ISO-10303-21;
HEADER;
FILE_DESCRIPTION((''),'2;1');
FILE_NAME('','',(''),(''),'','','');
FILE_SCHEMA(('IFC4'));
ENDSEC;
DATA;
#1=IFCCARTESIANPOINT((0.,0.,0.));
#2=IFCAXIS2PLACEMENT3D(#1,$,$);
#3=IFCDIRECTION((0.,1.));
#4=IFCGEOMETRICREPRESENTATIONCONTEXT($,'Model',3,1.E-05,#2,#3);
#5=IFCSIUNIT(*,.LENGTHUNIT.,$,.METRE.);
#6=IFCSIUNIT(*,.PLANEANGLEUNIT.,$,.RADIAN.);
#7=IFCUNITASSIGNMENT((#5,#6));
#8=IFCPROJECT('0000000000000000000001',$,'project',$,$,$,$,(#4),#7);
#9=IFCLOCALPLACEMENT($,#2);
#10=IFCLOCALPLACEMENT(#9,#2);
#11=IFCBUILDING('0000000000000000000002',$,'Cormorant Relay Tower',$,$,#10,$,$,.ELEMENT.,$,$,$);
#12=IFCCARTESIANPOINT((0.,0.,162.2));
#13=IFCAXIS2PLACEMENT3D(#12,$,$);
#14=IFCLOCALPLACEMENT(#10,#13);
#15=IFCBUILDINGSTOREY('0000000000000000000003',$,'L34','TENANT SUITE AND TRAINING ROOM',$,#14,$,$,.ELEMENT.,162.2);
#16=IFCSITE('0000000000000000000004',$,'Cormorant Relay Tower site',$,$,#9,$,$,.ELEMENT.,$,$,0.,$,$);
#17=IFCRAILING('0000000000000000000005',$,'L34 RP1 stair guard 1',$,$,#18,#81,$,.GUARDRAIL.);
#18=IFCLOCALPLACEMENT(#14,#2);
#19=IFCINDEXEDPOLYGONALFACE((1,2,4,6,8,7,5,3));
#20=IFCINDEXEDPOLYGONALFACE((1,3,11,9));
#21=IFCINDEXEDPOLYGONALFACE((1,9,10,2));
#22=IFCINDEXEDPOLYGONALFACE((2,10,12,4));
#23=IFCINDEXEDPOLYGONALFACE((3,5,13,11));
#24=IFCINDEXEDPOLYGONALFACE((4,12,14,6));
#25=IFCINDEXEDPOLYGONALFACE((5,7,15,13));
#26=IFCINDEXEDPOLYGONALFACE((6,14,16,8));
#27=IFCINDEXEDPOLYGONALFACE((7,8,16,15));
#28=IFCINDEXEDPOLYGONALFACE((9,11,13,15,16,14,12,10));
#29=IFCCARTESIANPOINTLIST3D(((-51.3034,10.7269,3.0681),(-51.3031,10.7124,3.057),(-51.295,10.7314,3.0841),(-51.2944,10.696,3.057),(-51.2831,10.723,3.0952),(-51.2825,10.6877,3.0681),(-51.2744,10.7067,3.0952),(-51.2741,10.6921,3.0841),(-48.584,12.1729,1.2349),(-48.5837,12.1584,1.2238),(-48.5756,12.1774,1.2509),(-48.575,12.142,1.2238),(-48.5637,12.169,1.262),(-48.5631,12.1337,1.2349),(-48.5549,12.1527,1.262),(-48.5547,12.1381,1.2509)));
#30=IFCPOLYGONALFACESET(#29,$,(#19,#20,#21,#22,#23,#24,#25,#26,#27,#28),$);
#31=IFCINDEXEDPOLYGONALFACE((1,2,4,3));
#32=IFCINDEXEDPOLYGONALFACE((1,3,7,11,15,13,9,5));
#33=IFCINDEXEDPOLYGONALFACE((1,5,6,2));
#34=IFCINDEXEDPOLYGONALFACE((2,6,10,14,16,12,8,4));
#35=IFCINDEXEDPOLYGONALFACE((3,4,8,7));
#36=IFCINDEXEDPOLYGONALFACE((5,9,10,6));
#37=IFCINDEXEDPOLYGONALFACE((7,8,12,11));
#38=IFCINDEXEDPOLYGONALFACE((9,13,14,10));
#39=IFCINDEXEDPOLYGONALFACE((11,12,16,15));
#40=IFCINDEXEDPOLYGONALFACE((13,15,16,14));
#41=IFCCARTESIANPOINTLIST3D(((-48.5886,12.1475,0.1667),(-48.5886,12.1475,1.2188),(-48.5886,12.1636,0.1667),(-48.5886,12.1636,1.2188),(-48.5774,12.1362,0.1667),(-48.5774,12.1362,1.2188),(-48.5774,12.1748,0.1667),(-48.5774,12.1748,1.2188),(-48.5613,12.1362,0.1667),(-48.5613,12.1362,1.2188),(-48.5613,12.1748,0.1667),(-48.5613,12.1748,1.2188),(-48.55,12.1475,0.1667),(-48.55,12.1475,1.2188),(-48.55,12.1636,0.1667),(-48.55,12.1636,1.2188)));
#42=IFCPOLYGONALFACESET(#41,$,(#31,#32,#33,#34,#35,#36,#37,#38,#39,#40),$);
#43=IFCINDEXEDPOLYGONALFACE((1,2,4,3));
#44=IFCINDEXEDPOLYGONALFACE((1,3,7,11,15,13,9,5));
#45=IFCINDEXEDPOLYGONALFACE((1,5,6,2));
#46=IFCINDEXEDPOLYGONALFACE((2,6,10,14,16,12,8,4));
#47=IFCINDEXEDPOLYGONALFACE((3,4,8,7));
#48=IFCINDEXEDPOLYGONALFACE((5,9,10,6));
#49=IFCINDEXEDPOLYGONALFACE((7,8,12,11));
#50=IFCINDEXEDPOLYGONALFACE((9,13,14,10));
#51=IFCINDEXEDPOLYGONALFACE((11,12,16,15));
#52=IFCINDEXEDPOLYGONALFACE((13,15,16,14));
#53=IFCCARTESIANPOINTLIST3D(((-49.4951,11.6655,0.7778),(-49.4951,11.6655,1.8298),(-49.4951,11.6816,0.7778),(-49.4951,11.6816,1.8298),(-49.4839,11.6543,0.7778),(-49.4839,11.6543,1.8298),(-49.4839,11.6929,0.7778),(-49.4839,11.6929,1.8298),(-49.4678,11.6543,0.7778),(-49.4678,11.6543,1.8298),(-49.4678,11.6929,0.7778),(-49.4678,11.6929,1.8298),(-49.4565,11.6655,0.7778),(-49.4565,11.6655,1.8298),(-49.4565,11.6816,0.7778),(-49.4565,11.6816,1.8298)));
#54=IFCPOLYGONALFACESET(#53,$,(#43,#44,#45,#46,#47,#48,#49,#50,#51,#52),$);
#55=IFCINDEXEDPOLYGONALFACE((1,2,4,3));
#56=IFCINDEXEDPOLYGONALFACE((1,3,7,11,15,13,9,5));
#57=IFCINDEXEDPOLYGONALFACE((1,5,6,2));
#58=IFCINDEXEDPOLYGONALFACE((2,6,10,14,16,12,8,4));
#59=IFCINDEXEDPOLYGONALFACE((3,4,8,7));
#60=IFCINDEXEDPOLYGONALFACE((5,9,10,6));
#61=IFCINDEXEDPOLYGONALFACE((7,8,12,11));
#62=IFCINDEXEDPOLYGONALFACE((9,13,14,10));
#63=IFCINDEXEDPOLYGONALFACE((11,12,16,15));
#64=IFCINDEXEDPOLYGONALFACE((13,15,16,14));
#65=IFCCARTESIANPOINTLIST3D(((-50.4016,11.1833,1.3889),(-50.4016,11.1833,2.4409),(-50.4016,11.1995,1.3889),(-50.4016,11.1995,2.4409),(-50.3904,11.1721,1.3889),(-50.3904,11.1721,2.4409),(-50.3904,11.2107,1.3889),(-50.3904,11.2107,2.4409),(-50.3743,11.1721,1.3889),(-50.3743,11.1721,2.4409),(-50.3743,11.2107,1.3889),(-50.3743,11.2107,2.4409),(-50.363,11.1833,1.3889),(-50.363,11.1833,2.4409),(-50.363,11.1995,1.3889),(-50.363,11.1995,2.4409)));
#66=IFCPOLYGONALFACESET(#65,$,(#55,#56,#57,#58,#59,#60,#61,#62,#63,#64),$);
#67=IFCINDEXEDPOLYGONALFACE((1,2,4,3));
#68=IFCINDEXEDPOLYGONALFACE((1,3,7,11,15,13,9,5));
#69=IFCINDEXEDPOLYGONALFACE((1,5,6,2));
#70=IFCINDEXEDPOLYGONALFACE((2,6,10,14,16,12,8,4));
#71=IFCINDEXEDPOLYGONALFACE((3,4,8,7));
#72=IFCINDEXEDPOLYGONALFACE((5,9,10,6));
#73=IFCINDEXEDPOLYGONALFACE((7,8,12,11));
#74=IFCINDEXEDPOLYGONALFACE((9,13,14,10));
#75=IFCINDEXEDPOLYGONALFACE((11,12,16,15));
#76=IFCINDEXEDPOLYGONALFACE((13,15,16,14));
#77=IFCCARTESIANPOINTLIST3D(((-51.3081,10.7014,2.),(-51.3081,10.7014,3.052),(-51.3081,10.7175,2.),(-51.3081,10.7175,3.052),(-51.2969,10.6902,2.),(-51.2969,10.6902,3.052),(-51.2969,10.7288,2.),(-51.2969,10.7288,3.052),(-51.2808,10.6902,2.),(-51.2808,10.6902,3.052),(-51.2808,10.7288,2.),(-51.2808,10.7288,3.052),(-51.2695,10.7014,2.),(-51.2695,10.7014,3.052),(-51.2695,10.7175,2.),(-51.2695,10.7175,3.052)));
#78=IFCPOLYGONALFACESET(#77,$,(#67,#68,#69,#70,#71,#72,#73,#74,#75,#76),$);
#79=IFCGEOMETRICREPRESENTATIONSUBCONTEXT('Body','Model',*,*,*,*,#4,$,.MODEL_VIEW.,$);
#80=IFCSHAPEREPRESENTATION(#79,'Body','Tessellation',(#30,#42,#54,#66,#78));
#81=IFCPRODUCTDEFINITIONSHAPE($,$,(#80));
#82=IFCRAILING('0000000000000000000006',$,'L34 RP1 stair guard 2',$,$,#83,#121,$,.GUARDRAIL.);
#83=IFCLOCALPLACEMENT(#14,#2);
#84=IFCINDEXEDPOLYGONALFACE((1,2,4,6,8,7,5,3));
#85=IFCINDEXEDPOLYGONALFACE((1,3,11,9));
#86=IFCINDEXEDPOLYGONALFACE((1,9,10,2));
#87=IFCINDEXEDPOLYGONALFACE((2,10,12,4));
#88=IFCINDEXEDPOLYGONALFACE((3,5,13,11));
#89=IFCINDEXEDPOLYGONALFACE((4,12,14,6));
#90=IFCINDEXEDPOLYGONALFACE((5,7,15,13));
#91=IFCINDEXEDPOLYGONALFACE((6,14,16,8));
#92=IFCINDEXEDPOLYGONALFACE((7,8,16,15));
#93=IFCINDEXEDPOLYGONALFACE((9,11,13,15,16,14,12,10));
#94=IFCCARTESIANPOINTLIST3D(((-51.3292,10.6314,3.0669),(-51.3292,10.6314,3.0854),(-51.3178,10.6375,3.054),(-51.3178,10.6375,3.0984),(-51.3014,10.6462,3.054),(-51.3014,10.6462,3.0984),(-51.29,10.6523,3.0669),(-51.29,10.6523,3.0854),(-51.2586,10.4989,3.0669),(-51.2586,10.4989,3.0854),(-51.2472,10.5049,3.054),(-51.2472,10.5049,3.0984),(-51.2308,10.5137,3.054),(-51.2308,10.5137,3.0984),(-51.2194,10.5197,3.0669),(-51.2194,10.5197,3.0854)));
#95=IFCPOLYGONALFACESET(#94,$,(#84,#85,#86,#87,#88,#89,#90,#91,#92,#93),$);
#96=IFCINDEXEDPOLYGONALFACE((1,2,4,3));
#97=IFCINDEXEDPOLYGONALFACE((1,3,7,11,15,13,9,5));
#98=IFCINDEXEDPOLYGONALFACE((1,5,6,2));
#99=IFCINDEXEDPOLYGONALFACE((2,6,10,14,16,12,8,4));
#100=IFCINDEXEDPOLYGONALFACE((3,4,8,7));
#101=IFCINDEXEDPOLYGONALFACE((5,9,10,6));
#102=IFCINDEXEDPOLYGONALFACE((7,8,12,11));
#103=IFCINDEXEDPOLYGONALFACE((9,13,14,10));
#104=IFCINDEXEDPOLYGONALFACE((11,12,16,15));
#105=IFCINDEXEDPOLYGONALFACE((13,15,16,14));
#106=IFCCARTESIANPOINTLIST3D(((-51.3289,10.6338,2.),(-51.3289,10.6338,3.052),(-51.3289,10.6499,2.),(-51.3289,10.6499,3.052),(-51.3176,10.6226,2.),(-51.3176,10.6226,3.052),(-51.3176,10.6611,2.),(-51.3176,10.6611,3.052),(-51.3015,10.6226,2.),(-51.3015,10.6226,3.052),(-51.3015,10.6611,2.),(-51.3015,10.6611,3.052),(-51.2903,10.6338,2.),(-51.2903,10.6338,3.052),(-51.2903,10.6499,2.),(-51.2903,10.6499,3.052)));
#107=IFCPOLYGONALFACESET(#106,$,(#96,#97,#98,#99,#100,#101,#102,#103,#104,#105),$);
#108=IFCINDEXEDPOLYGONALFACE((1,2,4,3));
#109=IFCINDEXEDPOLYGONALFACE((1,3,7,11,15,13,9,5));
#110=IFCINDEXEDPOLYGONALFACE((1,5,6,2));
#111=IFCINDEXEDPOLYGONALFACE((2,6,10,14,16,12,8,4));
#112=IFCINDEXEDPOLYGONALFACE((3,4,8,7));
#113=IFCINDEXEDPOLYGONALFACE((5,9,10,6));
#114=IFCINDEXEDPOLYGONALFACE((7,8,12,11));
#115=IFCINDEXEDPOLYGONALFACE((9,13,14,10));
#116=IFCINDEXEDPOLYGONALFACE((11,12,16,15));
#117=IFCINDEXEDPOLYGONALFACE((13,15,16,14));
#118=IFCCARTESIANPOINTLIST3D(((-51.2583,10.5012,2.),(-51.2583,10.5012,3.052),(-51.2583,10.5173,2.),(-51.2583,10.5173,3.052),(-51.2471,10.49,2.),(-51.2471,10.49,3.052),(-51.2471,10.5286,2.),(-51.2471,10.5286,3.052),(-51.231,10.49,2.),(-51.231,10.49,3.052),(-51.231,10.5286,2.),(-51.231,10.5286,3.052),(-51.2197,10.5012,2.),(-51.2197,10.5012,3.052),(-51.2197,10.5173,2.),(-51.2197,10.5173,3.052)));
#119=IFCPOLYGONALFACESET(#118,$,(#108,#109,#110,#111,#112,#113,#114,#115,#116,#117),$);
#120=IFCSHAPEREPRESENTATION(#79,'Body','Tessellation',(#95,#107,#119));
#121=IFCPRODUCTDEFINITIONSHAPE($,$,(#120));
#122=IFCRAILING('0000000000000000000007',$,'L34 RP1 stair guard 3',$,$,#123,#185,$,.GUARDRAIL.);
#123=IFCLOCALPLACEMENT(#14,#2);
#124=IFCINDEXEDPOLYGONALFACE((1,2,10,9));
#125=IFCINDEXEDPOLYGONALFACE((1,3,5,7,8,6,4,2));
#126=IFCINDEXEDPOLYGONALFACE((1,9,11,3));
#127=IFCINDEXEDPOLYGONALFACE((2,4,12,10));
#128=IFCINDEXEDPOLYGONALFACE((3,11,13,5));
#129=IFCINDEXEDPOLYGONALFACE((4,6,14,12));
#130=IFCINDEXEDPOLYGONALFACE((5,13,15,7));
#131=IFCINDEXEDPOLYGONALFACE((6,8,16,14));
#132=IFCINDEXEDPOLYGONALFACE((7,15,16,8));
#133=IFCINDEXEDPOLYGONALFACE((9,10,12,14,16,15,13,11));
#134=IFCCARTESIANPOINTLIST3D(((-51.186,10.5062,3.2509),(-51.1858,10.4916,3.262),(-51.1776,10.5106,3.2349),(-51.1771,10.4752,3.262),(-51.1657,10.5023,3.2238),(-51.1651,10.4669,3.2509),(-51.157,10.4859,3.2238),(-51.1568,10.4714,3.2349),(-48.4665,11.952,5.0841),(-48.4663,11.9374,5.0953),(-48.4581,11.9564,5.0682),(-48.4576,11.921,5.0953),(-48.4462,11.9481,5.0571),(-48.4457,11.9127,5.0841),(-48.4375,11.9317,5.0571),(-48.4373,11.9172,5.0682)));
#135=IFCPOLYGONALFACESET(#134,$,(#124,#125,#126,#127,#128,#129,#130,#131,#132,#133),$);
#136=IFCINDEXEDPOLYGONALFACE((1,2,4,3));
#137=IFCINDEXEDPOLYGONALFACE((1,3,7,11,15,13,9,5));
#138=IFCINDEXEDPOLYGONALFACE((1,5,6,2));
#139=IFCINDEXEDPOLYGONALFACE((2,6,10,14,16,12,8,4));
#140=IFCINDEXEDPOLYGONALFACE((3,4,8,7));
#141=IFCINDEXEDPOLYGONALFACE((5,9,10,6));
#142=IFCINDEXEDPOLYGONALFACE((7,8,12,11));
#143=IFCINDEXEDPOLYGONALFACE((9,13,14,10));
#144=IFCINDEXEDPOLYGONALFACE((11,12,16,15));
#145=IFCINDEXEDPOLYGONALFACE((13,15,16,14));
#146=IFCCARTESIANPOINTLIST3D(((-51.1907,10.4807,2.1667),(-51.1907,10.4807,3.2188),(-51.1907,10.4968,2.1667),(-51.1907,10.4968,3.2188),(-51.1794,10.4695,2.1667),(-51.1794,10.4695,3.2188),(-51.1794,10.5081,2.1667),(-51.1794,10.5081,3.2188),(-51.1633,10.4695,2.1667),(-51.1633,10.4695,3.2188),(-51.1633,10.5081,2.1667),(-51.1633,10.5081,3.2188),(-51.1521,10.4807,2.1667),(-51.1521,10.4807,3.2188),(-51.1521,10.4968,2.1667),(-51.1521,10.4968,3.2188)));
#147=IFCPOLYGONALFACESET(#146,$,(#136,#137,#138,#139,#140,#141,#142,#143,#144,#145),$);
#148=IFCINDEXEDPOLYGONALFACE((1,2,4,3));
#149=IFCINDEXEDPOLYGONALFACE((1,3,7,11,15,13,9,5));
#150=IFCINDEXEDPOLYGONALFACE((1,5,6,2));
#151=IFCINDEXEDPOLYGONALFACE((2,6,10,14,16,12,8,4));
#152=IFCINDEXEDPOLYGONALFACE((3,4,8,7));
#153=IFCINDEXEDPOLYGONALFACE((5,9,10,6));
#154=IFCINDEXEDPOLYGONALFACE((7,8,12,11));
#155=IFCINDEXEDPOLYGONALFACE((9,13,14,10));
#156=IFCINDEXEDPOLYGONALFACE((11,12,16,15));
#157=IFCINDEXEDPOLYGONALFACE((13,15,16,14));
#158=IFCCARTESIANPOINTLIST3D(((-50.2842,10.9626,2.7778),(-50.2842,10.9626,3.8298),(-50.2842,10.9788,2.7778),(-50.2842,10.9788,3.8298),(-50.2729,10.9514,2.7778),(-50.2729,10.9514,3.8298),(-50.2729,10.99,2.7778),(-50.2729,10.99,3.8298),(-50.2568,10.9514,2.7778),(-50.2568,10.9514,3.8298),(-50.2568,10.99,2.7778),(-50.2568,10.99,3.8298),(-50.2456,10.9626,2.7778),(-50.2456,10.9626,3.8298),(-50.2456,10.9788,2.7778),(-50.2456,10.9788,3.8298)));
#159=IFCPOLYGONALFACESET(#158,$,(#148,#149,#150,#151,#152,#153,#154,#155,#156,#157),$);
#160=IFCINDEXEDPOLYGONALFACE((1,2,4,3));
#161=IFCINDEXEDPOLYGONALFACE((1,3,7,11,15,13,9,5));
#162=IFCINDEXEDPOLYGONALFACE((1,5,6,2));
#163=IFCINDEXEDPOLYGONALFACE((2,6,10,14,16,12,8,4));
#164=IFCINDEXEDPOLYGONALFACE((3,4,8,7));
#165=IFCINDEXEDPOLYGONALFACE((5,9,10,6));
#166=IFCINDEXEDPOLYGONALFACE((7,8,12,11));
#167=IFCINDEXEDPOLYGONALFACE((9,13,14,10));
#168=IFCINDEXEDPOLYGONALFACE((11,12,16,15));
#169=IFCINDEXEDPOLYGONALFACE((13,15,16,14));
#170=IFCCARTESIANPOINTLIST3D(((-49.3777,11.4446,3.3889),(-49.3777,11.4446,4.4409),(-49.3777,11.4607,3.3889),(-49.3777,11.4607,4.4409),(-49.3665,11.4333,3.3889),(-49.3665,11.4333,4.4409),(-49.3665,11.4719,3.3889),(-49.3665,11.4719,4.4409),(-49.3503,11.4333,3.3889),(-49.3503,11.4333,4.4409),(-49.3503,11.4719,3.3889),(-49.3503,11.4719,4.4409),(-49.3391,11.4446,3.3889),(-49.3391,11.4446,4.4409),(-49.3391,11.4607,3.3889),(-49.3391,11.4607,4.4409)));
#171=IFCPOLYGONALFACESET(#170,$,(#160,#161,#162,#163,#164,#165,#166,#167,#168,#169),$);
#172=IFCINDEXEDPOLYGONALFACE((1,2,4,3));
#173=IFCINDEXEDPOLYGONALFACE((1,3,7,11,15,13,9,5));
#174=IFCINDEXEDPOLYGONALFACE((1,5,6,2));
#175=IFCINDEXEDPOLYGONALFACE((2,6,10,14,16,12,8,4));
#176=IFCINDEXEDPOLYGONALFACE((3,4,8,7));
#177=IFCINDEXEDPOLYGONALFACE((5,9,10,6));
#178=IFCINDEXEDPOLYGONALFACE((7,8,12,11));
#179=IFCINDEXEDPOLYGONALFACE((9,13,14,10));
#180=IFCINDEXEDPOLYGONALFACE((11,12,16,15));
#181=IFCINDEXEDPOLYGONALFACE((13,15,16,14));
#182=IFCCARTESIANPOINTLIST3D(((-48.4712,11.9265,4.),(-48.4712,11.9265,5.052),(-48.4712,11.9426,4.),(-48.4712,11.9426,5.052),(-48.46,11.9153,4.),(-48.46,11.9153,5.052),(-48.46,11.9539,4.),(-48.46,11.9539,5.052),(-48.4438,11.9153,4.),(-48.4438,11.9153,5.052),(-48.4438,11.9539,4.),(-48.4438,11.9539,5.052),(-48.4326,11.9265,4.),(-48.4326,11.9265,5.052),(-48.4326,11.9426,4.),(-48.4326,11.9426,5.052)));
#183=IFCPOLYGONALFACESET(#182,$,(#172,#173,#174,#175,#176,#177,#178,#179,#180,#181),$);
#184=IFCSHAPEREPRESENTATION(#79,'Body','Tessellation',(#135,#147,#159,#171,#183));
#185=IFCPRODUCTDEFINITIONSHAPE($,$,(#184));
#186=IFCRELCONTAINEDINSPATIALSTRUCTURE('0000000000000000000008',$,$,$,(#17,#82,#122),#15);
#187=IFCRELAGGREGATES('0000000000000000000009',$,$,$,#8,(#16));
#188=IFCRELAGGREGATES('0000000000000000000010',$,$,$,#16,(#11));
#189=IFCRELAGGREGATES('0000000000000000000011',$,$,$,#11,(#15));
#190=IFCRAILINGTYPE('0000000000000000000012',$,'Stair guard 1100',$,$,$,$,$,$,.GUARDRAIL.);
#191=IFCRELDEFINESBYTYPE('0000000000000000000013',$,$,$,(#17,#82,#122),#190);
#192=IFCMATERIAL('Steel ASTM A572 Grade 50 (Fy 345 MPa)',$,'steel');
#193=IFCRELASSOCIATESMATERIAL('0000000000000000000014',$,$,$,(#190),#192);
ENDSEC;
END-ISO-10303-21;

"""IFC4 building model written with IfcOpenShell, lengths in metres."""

from ifc_helpers import new_model, si_unit, direction, frame, origin, place, context, subcontext, project, spatial, polyline, outline, extrude, material, type_object, element, save


model = new_model("IFC4")

# Units and contexts
model_context = context("Model", 3, precision=1e-05, world=origin(), true_north=direction((0.0, 1.0)))
body_context = subcontext(model_context, "Body", "Model", "MODEL_VIEW")
ifc_project = project(units=[si_unit("LENGTHUNIT", "METRE"), si_unit("PLANEANGLEUNIT", "RADIAN")], contexts=[model_context])

# Site, building, storey
site_placement = place(None, origin())
site = spatial("IfcSite", under=ifc_project, at=site_placement, Name="Cormorant Relay Tower site", CompositionType="ELEMENT", RefElevation=0.0)
building_placement = place(site_placement, origin())
building = spatial("IfcBuilding", under=site, at=building_placement, Name="Cormorant Relay Tower", CompositionType="ELEMENT")
storey_placement = place(building_placement, frame((0.0, 0.0, 162.2)))
storey = spatial("IfcBuildingStorey", under=building, at=storey_placement, Name="L34", Description="TENANT SUITE AND TRAINING ROOM", CompositionType="ELEMENT", Elevation=162.2)

# Railings
ifc_material_1 = material(Name="Steel ASTM A572 Grade 50 (Fy 345 MPa)", Category="steel")
railing_type_1 = type_object("IfcRailingType", Name="Stair guard 1100", PredefinedType="GUARDRAIL", material=ifc_material_1)
railing_1_placement = place(storey_placement, frame((-48.5693, 12.1555, 0.1667)))
element("IfcRailing", 1, at=railing_1_placement, inside=storey, type_object=railing_type_1, Name="L34 RP1 stair guard 1", PredefinedType="GUARDRAIL", context=body_context, shape_type="SweptSolid", body=[
    extrude(outline(polyline([(0.0222, 0.0093), (0.0093, 0.0222), (-0.0093, 0.0222), (-0.0222, 0.0093), (-0.0222, -0.0093), (-0.0093, -0.0222), (0.0093, -0.0222), (0.0222, -0.0093), (0.0222, 0.0093)])), frame((0.0, 0.0, 1.0762), z_axis=(-0.758714, -0.403435, 0.511463), x_axis=(0.469489, -0.882938, 0.0)), (0.0, 0.0, 1.0), 3.5842),
    extrude(outline(polyline([(0.0193, 0.0081), (0.0081, 0.0193), (-0.0081, 0.0193), (-0.0193, 0.0081), (-0.0193, -0.0081), (-0.0081, -0.0193), (0.0081, -0.0193), (0.0193, -0.0081), (0.0193, 0.0081)])), origin(), (0.0, 0.0, 1.0), 1.052),
    extrude(outline(polyline([(0.0193, 0.0081), (0.0081, 0.0193), (-0.0081, 0.0193), (-0.0193, 0.0081), (-0.0193, -0.0081), (-0.0081, -0.0193), (0.0081, -0.0193), (0.0193, -0.0081), (0.0193, 0.0081)])), frame((-0.9065, -0.4819, 0.6111)), (0.0, 0.0, 1.0), 1.052),
    extrude(outline(polyline([(0.0193, 0.0081), (0.0081, 0.0193), (-0.0081, 0.0193), (-0.0193, 0.0081), (-0.0193, -0.0081), (-0.0081, -0.0193), (0.0081, -0.0193), (0.0193, -0.0081), (0.0193, 0.0081)])), frame((-1.813, -0.9641, 1.2222)), (0.0, 0.0, 1.0), 1.052),
    extrude(outline(polyline([(0.0193, 0.0081), (0.0081, 0.0193), (-0.0081, 0.0193), (-0.0193, 0.0081), (-0.0193, -0.0081), (-0.0081, -0.0193), (0.0081, -0.0193), (0.0193, -0.0081), (0.0193, 0.0081)])), frame((-2.7195, -1.446, 1.8333)), (0.0, 0.0, 1.0), 1.052),
])
railing_2_placement = place(storey_placement, frame((-51.3096, 10.6418, 2.0)))
element("IfcRailing", 2, at=railing_2_placement, inside=storey, type_object=railing_type_1, Name="L34 RP1 stair guard 2", PredefinedType="GUARDRAIL", context=body_context, shape_type="SweptSolid", body=[
    extrude(outline(polyline([(0.0222, 0.0093), (0.0093, 0.0222), (-0.0093, 0.0222), (-0.0222, 0.0093), (-0.0222, -0.0093), (-0.0093, -0.0222), (0.0093, -0.0222), (0.0222, -0.0093), (0.0222, 0.0093)])), frame((0.0, 0.0, 1.0762), z_axis=(0.469829, -0.882758, 0.0), x_axis=(0.882758, 0.469829, 0.0)), (0.0, 0.0, 1.0), 0.1501),
    extrude(outline(polyline([(0.0193, 0.0081), (0.0081, 0.0193), (-0.0081, 0.0193), (-0.0193, 0.0081), (-0.0193, -0.0081), (-0.0081, -0.0193), (0.0081, -0.0193), (0.0193, -0.0081), (0.0193, 0.0081)])), origin(), (0.0, 0.0, 1.0), 1.052),
    extrude(outline(polyline([(0.0193, 0.0081), (0.0081, 0.0193), (-0.0081, 0.0193), (-0.0193, 0.0081), (-0.0193, -0.0081), (-0.0081, -0.0193), (0.0081, -0.0193), (0.0193, -0.0081), (0.0193, 0.0081)])), frame((0.0706, -0.1326, 0.0)), (0.0, 0.0, 1.0), 1.052),
])
railing_3_placement = place(storey_placement, frame((-51.1714, 10.4888, 2.1667)))
element("IfcRailing", 3, at=railing_3_placement, inside=storey, type_object=railing_type_1, Name="L34 RP1 stair guard 3", PredefinedType="GUARDRAIL", context=body_context, shape_type="SweptSolid", body=[
    extrude(outline(polyline([(0.0222, 0.0093), (0.0093, 0.0222), (-0.0093, 0.0222), (-0.0222, 0.0093), (-0.0222, -0.0093), (-0.0093, -0.0222), (0.0093, -0.0222), (0.0222, -0.0093), (0.0222, 0.0093)])), frame((0.0, 0.0, 1.0762), z_axis=(0.758735, 0.403378, 0.511477), x_axis=(-0.469428, 0.882971, 0.0)), (0.0, 0.0, 1.0), 3.5842),
    extrude(outline(polyline([(0.0193, 0.0081), (0.0081, 0.0193), (-0.0081, 0.0193), (-0.0193, 0.0081), (-0.0193, -0.0081), (-0.0081, -0.0193), (0.0081, -0.0193), (0.0193, -0.0081), (0.0193, 0.0081)])), origin(), (0.0, 0.0, 1.0), 1.052),
    extrude(outline(polyline([(0.0193, 0.0081), (0.0081, 0.0193), (-0.0081, 0.0193), (-0.0193, 0.0081), (-0.0193, -0.0081), (-0.0081, -0.0193), (0.0081, -0.0193), (0.0193, -0.0081), (0.0193, 0.0081)])), frame((0.9065, 0.4819, 0.6111)), (0.0, 0.0, 1.0), 1.052),
    extrude(outline(polyline([(0.0193, 0.0081), (0.0081, 0.0193), (-0.0081, 0.0193), (-0.0193, 0.0081), (-0.0193, -0.0081), (-0.0081, -0.0193), (0.0081, -0.0193), (0.0193, -0.0081), (0.0193, 0.0081)])), frame((1.813, 0.9639, 1.2222)), (0.0, 0.0, 1.0), 1.052),
    extrude(outline(polyline([(0.0193, 0.0081), (0.0081, 0.0193), (-0.0081, 0.0193), (-0.0193, 0.0081), (-0.0193, -0.0081), (-0.0081, -0.0193), (0.0081, -0.0193), (0.0193, -0.0081), (0.0193, 0.0081)])), frame((2.7195, 1.4458, 1.8333)), (0.0, 0.0, 1.0), 1.052),
])

save(model, "model.ifc")
